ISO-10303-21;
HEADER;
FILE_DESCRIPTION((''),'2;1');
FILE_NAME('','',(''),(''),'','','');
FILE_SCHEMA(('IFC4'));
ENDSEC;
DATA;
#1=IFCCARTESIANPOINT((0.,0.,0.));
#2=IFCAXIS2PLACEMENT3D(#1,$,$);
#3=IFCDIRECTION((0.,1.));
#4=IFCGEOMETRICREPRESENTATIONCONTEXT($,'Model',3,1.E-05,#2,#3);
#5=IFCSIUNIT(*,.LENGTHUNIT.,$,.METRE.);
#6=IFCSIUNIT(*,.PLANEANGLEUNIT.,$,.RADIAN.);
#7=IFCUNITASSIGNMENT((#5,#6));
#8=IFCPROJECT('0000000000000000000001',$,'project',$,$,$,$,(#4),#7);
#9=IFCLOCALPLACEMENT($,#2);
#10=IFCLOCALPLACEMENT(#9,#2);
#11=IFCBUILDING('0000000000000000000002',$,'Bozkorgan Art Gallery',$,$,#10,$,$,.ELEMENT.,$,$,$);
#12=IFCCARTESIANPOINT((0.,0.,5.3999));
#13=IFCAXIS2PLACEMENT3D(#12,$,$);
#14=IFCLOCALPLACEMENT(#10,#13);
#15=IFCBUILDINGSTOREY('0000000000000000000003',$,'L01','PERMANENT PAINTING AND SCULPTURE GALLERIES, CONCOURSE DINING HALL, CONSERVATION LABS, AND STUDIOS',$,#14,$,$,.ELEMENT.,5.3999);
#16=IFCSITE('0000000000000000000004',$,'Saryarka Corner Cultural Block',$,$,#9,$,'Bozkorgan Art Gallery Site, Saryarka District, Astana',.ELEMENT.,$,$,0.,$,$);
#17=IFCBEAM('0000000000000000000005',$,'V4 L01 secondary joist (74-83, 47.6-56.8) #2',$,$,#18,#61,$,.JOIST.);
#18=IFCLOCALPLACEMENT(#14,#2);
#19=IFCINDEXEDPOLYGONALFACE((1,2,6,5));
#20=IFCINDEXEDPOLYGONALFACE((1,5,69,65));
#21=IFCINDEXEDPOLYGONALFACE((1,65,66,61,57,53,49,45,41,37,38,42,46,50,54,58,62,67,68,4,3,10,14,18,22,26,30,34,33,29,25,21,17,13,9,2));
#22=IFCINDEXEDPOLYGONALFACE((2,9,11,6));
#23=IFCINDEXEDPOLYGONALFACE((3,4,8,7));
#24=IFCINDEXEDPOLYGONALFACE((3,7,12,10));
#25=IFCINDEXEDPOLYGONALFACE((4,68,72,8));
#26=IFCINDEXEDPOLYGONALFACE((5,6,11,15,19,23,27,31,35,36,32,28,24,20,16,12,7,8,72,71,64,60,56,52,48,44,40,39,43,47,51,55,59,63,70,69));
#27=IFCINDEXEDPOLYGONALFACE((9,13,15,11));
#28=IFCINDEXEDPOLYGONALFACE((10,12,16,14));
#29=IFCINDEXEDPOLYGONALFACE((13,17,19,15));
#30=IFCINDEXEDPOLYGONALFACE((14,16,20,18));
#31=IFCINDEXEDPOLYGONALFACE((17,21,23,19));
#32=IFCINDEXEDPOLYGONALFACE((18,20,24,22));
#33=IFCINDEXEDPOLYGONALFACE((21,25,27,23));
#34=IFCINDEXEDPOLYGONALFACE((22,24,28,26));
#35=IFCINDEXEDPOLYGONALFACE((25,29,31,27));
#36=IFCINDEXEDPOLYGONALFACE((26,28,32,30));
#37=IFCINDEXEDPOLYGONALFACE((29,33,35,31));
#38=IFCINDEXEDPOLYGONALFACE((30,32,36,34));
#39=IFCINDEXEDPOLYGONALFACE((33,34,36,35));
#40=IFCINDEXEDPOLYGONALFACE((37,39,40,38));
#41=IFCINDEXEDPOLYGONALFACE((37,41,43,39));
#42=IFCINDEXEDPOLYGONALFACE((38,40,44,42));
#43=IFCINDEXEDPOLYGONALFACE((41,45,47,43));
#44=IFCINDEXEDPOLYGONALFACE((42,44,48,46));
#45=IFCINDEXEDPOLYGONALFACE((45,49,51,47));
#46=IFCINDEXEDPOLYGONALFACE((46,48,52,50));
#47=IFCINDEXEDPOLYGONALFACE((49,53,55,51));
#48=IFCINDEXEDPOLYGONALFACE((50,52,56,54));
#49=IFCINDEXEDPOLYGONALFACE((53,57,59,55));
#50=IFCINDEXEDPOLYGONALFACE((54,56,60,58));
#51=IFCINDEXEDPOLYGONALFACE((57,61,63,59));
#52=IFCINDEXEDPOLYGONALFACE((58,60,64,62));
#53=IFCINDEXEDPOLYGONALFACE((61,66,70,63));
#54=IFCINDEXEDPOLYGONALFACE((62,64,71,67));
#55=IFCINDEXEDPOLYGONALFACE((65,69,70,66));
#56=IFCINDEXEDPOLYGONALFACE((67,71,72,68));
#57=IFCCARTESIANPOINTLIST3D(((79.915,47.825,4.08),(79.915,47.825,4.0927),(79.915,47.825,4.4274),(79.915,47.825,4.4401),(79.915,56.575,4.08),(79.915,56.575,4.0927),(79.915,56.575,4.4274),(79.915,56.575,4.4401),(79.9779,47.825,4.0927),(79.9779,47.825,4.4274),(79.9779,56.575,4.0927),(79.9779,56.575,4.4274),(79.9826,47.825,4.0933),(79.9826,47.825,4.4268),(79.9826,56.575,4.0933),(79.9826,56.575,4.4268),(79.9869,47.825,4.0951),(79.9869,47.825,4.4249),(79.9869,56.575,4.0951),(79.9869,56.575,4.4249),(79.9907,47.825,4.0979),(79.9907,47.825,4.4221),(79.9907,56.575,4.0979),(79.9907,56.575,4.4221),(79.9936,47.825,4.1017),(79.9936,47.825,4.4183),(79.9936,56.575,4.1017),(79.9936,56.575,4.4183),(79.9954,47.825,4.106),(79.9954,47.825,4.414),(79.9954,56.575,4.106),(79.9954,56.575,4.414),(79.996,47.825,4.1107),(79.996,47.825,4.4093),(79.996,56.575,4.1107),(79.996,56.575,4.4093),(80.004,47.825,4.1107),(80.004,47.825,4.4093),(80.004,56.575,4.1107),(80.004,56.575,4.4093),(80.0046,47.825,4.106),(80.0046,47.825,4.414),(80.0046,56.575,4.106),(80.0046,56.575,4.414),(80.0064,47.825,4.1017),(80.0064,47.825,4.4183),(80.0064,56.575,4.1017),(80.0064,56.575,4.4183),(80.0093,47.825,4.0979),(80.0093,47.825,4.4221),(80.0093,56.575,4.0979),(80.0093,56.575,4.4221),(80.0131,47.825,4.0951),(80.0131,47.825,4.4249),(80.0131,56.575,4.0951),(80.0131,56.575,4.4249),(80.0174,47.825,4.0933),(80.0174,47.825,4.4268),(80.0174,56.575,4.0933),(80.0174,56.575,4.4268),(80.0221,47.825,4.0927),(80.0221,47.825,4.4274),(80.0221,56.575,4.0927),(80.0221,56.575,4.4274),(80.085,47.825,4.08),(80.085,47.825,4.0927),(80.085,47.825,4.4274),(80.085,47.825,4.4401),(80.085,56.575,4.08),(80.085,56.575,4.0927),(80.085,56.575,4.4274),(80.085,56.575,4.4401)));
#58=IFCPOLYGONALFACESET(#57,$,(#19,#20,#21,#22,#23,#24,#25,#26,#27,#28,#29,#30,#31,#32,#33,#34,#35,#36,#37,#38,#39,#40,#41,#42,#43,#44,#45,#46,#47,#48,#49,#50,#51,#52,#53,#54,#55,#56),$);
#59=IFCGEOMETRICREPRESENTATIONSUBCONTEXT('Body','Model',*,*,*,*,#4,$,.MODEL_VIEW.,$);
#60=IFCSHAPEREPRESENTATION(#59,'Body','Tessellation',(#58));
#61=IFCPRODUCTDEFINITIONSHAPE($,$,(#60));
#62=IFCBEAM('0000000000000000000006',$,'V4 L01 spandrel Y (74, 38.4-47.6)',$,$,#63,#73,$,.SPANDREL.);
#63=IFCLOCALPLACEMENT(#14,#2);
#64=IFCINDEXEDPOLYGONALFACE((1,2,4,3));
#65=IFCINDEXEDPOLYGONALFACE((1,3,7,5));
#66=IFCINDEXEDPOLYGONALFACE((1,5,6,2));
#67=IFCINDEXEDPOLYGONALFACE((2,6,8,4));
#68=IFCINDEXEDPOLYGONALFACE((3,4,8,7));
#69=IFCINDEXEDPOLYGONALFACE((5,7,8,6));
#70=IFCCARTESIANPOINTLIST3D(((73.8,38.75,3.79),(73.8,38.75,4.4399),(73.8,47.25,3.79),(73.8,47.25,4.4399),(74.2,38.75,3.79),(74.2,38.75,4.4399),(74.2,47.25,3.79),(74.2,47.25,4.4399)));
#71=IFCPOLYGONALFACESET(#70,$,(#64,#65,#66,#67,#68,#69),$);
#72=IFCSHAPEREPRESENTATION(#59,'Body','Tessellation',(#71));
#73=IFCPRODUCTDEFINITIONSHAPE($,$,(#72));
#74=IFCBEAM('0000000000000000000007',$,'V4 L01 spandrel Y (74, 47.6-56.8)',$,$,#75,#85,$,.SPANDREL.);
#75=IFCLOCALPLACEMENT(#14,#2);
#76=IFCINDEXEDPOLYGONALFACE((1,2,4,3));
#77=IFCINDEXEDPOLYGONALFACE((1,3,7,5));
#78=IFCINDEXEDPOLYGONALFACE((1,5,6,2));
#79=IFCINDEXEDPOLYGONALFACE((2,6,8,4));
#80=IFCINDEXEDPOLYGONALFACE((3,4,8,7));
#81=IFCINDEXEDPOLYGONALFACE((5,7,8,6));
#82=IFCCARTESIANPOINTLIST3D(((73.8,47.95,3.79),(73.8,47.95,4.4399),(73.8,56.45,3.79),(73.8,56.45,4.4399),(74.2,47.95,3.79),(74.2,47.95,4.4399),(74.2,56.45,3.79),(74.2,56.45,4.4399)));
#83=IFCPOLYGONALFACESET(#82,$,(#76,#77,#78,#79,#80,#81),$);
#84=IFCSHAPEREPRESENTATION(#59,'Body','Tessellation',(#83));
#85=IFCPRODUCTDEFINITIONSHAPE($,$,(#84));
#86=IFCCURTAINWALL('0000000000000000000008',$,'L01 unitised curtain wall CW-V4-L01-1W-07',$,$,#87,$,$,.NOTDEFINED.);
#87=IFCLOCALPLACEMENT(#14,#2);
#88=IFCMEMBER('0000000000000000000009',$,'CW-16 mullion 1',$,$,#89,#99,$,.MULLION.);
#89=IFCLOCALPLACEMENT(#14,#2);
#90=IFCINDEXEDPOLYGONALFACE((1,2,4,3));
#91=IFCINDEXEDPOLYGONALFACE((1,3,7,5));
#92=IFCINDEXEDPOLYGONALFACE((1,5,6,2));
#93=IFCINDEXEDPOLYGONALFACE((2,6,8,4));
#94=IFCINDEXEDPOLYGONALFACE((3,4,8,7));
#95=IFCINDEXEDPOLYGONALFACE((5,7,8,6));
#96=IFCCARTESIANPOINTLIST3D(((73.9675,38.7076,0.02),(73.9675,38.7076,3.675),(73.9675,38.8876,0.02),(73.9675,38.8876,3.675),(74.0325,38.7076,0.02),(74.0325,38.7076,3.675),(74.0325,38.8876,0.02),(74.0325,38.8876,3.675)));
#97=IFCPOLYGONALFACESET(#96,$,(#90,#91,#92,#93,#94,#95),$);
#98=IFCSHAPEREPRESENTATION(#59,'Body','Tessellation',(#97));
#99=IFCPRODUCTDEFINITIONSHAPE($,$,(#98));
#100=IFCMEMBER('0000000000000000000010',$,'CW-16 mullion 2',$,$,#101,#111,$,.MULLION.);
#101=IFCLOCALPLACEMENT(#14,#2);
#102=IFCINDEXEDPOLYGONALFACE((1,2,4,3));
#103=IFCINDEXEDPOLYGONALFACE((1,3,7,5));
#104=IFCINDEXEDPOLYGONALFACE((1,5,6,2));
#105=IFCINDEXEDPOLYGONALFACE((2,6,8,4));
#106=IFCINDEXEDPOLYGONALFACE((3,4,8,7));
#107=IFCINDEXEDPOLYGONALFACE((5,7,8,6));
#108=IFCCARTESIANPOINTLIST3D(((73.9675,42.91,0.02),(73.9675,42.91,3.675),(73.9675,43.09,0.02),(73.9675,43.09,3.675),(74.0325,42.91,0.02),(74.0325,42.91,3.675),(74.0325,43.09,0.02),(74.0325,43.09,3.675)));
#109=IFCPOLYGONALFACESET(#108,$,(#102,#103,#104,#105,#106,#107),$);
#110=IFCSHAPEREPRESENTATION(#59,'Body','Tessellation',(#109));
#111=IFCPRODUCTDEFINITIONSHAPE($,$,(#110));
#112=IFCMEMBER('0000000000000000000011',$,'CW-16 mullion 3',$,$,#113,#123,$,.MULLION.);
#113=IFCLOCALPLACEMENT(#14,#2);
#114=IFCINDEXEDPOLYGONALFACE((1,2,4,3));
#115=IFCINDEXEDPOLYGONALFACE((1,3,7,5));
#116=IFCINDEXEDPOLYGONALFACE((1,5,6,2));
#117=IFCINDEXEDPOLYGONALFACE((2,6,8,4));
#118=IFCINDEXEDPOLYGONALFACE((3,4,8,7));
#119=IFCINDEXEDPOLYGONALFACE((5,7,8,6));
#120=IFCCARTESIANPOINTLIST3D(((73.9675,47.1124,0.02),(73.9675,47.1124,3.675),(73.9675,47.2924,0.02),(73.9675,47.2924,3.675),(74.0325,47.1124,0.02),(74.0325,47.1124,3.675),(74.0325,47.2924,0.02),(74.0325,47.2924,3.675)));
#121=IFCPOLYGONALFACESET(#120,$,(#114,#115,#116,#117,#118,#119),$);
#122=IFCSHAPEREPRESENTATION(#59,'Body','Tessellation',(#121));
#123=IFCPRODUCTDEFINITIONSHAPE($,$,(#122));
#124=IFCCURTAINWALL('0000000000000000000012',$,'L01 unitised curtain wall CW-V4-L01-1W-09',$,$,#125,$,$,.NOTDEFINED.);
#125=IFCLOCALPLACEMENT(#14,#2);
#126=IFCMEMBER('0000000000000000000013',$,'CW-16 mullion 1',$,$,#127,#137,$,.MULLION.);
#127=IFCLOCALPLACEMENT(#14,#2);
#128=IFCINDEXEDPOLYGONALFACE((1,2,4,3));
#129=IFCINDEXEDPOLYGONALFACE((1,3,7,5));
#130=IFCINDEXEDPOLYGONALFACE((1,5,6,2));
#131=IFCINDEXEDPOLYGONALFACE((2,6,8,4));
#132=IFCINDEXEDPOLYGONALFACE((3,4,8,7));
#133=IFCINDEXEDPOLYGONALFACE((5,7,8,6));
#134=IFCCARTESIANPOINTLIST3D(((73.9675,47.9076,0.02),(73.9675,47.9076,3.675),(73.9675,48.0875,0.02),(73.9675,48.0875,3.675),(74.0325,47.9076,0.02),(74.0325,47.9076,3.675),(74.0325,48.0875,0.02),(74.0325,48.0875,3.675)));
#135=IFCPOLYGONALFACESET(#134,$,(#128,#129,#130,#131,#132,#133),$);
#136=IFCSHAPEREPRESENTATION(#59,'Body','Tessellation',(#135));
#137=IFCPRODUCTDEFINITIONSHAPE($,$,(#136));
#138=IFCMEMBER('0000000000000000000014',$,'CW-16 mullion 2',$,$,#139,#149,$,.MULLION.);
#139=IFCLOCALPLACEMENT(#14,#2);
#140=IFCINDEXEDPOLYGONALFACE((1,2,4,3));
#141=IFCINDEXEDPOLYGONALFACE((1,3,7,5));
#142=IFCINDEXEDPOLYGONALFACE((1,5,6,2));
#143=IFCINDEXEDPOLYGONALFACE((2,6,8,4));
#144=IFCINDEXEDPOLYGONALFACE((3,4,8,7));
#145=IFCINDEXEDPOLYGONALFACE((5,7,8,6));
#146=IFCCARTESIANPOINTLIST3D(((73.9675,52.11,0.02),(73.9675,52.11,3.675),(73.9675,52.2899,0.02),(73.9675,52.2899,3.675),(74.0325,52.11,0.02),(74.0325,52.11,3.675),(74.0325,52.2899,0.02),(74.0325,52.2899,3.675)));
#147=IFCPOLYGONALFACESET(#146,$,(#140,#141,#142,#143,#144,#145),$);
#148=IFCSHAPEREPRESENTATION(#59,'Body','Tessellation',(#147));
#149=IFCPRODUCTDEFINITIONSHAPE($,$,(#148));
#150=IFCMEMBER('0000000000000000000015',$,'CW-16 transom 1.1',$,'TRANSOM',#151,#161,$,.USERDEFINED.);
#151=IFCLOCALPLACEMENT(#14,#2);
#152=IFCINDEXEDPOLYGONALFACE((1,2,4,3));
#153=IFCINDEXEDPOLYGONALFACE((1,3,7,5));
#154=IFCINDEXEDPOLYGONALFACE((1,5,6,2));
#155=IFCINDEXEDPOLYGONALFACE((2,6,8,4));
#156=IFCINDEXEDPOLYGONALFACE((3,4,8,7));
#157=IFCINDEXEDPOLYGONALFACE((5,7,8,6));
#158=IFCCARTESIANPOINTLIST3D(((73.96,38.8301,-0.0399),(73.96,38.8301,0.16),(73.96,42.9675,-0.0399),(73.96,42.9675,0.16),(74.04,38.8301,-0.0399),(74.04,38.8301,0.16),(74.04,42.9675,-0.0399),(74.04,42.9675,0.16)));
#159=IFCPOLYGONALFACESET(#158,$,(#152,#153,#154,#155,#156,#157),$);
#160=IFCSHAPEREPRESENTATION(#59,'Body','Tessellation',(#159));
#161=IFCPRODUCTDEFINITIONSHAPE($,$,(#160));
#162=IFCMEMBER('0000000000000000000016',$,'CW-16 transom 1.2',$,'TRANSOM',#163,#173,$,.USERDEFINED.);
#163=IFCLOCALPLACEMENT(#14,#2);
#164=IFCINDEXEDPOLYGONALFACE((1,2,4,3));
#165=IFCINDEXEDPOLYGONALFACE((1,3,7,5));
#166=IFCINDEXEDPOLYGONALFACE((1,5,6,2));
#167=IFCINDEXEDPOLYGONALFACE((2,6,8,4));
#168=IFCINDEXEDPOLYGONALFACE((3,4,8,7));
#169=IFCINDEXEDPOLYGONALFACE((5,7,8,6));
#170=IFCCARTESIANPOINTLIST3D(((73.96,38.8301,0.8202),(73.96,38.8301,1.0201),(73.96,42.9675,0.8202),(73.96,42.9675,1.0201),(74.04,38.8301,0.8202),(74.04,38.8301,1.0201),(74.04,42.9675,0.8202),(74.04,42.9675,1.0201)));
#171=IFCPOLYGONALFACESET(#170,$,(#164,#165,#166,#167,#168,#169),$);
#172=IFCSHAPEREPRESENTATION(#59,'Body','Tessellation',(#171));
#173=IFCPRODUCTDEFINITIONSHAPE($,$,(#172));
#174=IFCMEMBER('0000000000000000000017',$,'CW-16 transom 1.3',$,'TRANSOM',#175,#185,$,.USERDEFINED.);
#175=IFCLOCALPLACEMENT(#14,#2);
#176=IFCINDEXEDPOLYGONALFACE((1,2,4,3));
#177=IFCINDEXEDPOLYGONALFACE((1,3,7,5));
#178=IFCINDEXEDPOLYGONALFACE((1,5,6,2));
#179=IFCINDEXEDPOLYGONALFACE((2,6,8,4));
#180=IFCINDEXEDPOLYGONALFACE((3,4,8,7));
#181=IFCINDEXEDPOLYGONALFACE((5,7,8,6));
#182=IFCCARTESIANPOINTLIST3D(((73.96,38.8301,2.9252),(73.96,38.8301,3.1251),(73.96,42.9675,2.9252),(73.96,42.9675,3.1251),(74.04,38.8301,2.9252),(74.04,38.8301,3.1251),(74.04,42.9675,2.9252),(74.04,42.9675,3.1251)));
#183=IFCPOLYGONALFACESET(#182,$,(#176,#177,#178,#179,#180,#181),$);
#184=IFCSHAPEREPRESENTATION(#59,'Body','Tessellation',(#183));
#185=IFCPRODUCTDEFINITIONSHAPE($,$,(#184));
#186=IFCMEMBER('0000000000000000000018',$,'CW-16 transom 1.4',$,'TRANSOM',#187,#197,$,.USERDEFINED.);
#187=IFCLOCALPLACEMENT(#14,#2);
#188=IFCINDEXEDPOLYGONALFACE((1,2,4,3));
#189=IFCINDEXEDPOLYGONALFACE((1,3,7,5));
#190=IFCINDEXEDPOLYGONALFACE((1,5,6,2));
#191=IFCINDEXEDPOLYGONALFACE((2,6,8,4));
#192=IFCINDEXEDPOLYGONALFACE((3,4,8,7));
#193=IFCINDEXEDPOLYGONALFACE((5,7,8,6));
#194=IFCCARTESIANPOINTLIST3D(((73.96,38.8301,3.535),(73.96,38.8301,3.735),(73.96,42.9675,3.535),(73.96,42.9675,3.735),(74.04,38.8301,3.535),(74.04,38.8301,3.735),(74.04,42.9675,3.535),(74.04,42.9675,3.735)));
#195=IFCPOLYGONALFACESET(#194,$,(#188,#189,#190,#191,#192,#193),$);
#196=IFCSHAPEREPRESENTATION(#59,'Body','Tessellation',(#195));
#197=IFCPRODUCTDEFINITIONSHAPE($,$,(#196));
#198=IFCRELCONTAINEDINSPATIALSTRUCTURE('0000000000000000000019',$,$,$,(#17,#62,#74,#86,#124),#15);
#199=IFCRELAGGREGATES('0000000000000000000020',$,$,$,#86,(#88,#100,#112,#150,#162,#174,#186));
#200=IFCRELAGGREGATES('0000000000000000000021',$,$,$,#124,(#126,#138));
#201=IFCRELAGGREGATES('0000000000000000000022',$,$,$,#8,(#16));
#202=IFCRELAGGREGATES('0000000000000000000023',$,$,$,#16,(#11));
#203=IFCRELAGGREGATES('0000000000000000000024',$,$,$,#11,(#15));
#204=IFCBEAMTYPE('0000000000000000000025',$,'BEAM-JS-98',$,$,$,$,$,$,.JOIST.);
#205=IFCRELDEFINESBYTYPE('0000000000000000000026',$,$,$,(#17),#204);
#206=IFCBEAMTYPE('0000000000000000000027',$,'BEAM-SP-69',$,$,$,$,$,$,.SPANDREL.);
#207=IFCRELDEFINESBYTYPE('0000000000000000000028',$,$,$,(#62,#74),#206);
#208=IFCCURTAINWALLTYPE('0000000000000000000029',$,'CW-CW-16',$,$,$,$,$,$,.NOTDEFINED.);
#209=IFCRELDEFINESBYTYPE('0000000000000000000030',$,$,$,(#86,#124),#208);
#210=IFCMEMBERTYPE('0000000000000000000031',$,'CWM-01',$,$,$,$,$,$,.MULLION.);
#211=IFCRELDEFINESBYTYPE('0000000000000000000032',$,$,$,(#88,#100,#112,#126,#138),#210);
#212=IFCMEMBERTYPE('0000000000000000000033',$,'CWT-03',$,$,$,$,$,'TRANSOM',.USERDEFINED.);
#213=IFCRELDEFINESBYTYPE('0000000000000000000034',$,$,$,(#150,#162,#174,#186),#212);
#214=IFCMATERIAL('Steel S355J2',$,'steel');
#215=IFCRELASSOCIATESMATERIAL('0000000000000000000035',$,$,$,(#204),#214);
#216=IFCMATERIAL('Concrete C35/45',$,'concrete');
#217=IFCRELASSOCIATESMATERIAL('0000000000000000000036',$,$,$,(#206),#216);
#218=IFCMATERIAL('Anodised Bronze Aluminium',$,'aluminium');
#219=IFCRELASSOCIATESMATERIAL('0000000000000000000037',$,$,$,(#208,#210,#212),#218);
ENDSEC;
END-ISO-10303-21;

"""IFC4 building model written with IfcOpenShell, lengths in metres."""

from ifc_helpers import new_model, si_unit, direction, frame, origin, origin_2d, place, context, subcontext, project, spatial, rectangle, i_section, extrude, material, material_profile, profile_set, type_object, element, aggregate, save


model = new_model("IFC4")

# Units and contexts
model_context = context("Model", 3, precision=1e-05, world=origin(), true_north=direction((0.0, 1.0)))
body_context = subcontext(model_context, "Body", "Model", "MODEL_VIEW")
ifc_project = project(units=[si_unit("LENGTHUNIT", "METRE"), si_unit("PLANEANGLEUNIT", "RADIAN")], contexts=[model_context])

# Site, building, storey
site_placement = place(None, origin())
site = spatial("IfcSite", under=ifc_project, at=site_placement, Name="Saryarka Corner Cultural Block", LongName="Bozkorgan Art Gallery Site, Saryarka District, Astana", CompositionType="ELEMENT", RefElevation=0.0)
building_placement = place(site_placement, origin())
building = spatial("IfcBuilding", under=site, at=building_placement, Name="Bozkorgan Art Gallery", CompositionType="ELEMENT")
storey_placement = place(building_placement, frame((0.0, 0.0, 5.3999)))
storey = spatial("IfcBuildingStorey", under=building, at=storey_placement, Name="L01", Description="PERMANENT PAINTING AND SCULPTURE GALLERIES, CONCOURSE DINING HALL, CONSERVATION LABS, AND STUDIOS", CompositionType="ELEMENT", Elevation=5.3999)

# Beams
ifc_material_1 = material(Name="Concrete C35/45", Category="concrete")
ifc_material_2 = material(Name="Steel S355J2", Category="steel")
ifc_material_profile_1 = material_profile(ifc_material_2, i_section(OverallWidth=0.1699, OverallDepth=0.3601, WebThickness=0.0081, FlangeThickness=0.0127, FilletRadius=0.0181, at=origin_2d()), Name="IPE 360")
ifc_profile_set_1 = profile_set([ifc_material_profile_1], Name="Steel S355J2")
beam_type_1 = type_object("IfcBeamType", Name="BEAM-JS-98", PredefinedType="JOIST", material=ifc_profile_set_1)
for number, where, z_axis, x_axis, name in (
    (1, (80.0, 47.825, 4.26), (0.0, 1.0, 0.0), (-1.0, 0.0, 0.0), "V4 L01 secondary joist (74-83, 47.6-56.8) #2"),
):
    element("IfcBeam", number, at=place(storey_placement, frame(where, z_axis=z_axis, x_axis=x_axis)), inside=storey, type_object=beam_type_1, Name=name, PredefinedType="JOIST", context=body_context, shape_type="SweptSolid", body=[
        extrude(i_section(OverallWidth=0.1699, OverallDepth=0.3601, WebThickness=0.0081, FlangeThickness=0.0127, FilletRadius=0.0181, at=origin_2d()), origin(), (0.0, 0.0, 1.0), 8.75),
    ])
ifc_material_profile_2 = material_profile(ifc_material_1, rectangle(XDim=0.3999, YDim=0.6499, at=origin_2d()), Name="RC 400x650")
ifc_profile_set_2 = profile_set([ifc_material_profile_2], Name="Concrete C35/45")
beam_type_2 = type_object("IfcBeamType", Name="BEAM-SP-69", PredefinedType="SPANDREL", material=ifc_profile_set_2)
for number, where, z_axis, x_axis, name in (
    (2, (74.0, 38.75, 4.115), (0.0, 1.0, 0.0), (-1.0, 0.0, 0.0), "V4 L01 spandrel Y (74, 38.4-47.6)"),
    (3, (74.0, 47.95, 4.115), (0.0, 1.0, 0.0), (-1.0, 0.0, 0.0), "V4 L01 spandrel Y (74, 47.6-56.8)"),
):
    element("IfcBeam", number, at=place(storey_placement, frame(where, z_axis=z_axis, x_axis=x_axis)), inside=storey, type_object=beam_type_2, Name=name, PredefinedType="SPANDREL", context=body_context, shape_type="SweptSolid", body=[
        extrude(rectangle(XDim=0.3999, YDim=0.6499, at=origin_2d()), origin(), (0.0, 0.0, 1.0), 8.5),
    ])

# Curtain walls, members
ifc_material_3 = material(Name="Anodised Bronze Aluminium", Category="aluminium")
curtain_wall_type = type_object("IfcCurtainWallType", Name="CW-CW-16", PredefinedType="NOTDEFINED", material=ifc_material_3)
curtain_wall_1_placement = place(storey_placement, origin())
curtain_wall_1 = element("IfcCurtainWall", 4, at=curtain_wall_1_placement, inside=storey, type_object=curtain_wall_type, Name="L01 unitised curtain wall CW-V4-L01-1W-07", PredefinedType="NOTDEFINED")
ifc_material_profile_3 = material_profile(ifc_material_3, rectangle(XDim=0.0649, YDim=0.1799, at=origin_2d()), Name="ALU MULLION 65x180")
ifc_profile_set_3 = profile_set([ifc_material_profile_3], Name="Anodised Bronze Aluminium")
member_type_1 = type_object("IfcMemberType", Name="CWM-01", PredefinedType="MULLION", material=ifc_profile_set_3)
member_1_placement = place(storey_placement, frame((74.0, 38.7976, 0.02), z_axis=(0.0, 0.0, 1.0), x_axis=(-1.0, 0.0, 0.0)))
member_1 = element("IfcMember", 5, at=member_1_placement, type_object=member_type_1, Name="CW-16 mullion 1", PredefinedType="MULLION", context=body_context, shape_type="SweptSolid", body=[
    extrude(rectangle(XDim=0.0649, YDim=0.1799, at=origin_2d()), origin(), (0.0, 0.0, 1.0), 3.655),
])
member_2_placement = place(storey_placement, frame((74.0, 43.0, 0.02), z_axis=(0.0, 0.0, 1.0), x_axis=(-1.0, 0.0, 0.0)))
member_2 = element("IfcMember", 6, at=member_2_placement, type_object=member_type_1, Name="CW-16 mullion 2", PredefinedType="MULLION", context=body_context, shape_type="SweptSolid", body=[
    extrude(rectangle(XDim=0.0649, YDim=0.1799, at=origin_2d()), origin(), (0.0, 0.0, 1.0), 3.655),
])
member_3_placement = place(storey_placement, frame((74.0, 47.2024, 0.02), z_axis=(0.0, 0.0, 1.0), x_axis=(-1.0, 0.0, 0.0)))
member_3 = element("IfcMember", 7, at=member_3_placement, type_object=member_type_1, Name="CW-16 mullion 3", PredefinedType="MULLION", context=body_context, shape_type="SweptSolid", body=[
    extrude(rectangle(XDim=0.0649, YDim=0.1799, at=origin_2d()), origin(), (0.0, 0.0, 1.0), 3.655),
])
curtain_wall_2_placement = place(storey_placement, origin())
curtain_wall_2 = element("IfcCurtainWall", 8, at=curtain_wall_2_placement, inside=storey, type_object=curtain_wall_type, Name="L01 unitised curtain wall CW-V4-L01-1W-09", PredefinedType="NOTDEFINED")
member_4_placement = place(storey_placement, frame((74.0, 47.9976, 0.02), z_axis=(0.0, 0.0, 1.0), x_axis=(-1.0, 0.0, 0.0)))
member_4 = element("IfcMember", 9, at=member_4_placement, type_object=member_type_1, Name="CW-16 mullion 1", PredefinedType="MULLION", context=body_context, shape_type="SweptSolid", body=[
    extrude(rectangle(XDim=0.0649, YDim=0.1799, at=origin_2d()), origin(), (0.0, 0.0, 1.0), 3.655),
])
member_5_placement = place(storey_placement, frame((74.0, 52.2, 0.02), z_axis=(0.0, 0.0, 1.0), x_axis=(-1.0, 0.0, 0.0)))
member_5 = element("IfcMember", 10, at=member_5_placement, type_object=member_type_1, Name="CW-16 mullion 2", PredefinedType="MULLION", context=body_context, shape_type="SweptSolid", body=[
    extrude(rectangle(XDim=0.0649, YDim=0.1799, at=origin_2d()), origin(), (0.0, 0.0, 1.0), 3.655),
])

# Members
ifc_material_profile_4 = material_profile(ifc_material_3, rectangle(XDim=0.0801, YDim=0.2, at=origin_2d()), Name="ALU TRANSOM 80x200")
ifc_profile_set_4 = profile_set([ifc_material_profile_4], Name="Anodised Bronze Aluminium")
member_type_2 = type_object("IfcMemberType", Name="CWT-03", ElementType="TRANSOM", PredefinedType="USERDEFINED", material=ifc_profile_set_4)
member_6_placement = place(storey_placement, frame((74.0, 38.8301, 0.0601), z_axis=(0.0, 1.0, 0.0), x_axis=(-1.0, 0.0, 0.0)))
member_6 = element("IfcMember", 11, at=member_6_placement, type_object=member_type_2, Name="CW-16 transom 1.1", ObjectType="TRANSOM", PredefinedType="USERDEFINED", context=body_context, shape_type="SweptSolid", body=[
    extrude(rectangle(XDim=0.0801, YDim=0.2, at=origin_2d()), origin(), (0.0, 0.0, 1.0), 4.1375),
])
member_7_placement = place(storey_placement, frame((74.0, 38.8301, 0.9202), z_axis=(0.0, 1.0, 0.0), x_axis=(-1.0, 0.0, 0.0)))
member_7 = element("IfcMember", 12, at=member_7_placement, type_object=member_type_2, Name="CW-16 transom 1.2", ObjectType="TRANSOM", PredefinedType="USERDEFINED", context=body_context, shape_type="SweptSolid", body=[
    extrude(rectangle(XDim=0.0801, YDim=0.2, at=origin_2d()), origin(), (0.0, 0.0, 1.0), 4.1375),
])
member_8_placement = place(storey_placement, frame((74.0, 38.8301, 3.0251), z_axis=(0.0, 1.0, 0.0), x_axis=(-1.0, 0.0, 0.0)))
member_8 = element("IfcMember", 13, at=member_8_placement, type_object=member_type_2, Name="CW-16 transom 1.3", ObjectType="TRANSOM", PredefinedType="USERDEFINED", context=body_context, shape_type="SweptSolid", body=[
    extrude(rectangle(XDim=0.0801, YDim=0.2, at=origin_2d()), origin(), (0.0, 0.0, 1.0), 4.1375),
])
member_9_placement = place(storey_placement, frame((74.0, 38.8301, 3.635), z_axis=(0.0, 1.0, 0.0), x_axis=(-1.0, 0.0, 0.0)))
member_9 = element("IfcMember", 14, at=member_9_placement, type_object=member_type_2, Name="CW-16 transom 1.4", ObjectType="TRANSOM", PredefinedType="USERDEFINED", context=body_context, shape_type="SweptSolid", body=[
    extrude(rectangle(XDim=0.0801, YDim=0.2, at=origin_2d()), origin(), (0.0, 0.0, 1.0), 4.1375),
])

aggregate(curtain_wall_1, [member_1, member_2, member_3, member_6, member_7, member_8, member_9])
aggregate(curtain_wall_2, [member_4, member_5])

save(model, "model.ifc")
